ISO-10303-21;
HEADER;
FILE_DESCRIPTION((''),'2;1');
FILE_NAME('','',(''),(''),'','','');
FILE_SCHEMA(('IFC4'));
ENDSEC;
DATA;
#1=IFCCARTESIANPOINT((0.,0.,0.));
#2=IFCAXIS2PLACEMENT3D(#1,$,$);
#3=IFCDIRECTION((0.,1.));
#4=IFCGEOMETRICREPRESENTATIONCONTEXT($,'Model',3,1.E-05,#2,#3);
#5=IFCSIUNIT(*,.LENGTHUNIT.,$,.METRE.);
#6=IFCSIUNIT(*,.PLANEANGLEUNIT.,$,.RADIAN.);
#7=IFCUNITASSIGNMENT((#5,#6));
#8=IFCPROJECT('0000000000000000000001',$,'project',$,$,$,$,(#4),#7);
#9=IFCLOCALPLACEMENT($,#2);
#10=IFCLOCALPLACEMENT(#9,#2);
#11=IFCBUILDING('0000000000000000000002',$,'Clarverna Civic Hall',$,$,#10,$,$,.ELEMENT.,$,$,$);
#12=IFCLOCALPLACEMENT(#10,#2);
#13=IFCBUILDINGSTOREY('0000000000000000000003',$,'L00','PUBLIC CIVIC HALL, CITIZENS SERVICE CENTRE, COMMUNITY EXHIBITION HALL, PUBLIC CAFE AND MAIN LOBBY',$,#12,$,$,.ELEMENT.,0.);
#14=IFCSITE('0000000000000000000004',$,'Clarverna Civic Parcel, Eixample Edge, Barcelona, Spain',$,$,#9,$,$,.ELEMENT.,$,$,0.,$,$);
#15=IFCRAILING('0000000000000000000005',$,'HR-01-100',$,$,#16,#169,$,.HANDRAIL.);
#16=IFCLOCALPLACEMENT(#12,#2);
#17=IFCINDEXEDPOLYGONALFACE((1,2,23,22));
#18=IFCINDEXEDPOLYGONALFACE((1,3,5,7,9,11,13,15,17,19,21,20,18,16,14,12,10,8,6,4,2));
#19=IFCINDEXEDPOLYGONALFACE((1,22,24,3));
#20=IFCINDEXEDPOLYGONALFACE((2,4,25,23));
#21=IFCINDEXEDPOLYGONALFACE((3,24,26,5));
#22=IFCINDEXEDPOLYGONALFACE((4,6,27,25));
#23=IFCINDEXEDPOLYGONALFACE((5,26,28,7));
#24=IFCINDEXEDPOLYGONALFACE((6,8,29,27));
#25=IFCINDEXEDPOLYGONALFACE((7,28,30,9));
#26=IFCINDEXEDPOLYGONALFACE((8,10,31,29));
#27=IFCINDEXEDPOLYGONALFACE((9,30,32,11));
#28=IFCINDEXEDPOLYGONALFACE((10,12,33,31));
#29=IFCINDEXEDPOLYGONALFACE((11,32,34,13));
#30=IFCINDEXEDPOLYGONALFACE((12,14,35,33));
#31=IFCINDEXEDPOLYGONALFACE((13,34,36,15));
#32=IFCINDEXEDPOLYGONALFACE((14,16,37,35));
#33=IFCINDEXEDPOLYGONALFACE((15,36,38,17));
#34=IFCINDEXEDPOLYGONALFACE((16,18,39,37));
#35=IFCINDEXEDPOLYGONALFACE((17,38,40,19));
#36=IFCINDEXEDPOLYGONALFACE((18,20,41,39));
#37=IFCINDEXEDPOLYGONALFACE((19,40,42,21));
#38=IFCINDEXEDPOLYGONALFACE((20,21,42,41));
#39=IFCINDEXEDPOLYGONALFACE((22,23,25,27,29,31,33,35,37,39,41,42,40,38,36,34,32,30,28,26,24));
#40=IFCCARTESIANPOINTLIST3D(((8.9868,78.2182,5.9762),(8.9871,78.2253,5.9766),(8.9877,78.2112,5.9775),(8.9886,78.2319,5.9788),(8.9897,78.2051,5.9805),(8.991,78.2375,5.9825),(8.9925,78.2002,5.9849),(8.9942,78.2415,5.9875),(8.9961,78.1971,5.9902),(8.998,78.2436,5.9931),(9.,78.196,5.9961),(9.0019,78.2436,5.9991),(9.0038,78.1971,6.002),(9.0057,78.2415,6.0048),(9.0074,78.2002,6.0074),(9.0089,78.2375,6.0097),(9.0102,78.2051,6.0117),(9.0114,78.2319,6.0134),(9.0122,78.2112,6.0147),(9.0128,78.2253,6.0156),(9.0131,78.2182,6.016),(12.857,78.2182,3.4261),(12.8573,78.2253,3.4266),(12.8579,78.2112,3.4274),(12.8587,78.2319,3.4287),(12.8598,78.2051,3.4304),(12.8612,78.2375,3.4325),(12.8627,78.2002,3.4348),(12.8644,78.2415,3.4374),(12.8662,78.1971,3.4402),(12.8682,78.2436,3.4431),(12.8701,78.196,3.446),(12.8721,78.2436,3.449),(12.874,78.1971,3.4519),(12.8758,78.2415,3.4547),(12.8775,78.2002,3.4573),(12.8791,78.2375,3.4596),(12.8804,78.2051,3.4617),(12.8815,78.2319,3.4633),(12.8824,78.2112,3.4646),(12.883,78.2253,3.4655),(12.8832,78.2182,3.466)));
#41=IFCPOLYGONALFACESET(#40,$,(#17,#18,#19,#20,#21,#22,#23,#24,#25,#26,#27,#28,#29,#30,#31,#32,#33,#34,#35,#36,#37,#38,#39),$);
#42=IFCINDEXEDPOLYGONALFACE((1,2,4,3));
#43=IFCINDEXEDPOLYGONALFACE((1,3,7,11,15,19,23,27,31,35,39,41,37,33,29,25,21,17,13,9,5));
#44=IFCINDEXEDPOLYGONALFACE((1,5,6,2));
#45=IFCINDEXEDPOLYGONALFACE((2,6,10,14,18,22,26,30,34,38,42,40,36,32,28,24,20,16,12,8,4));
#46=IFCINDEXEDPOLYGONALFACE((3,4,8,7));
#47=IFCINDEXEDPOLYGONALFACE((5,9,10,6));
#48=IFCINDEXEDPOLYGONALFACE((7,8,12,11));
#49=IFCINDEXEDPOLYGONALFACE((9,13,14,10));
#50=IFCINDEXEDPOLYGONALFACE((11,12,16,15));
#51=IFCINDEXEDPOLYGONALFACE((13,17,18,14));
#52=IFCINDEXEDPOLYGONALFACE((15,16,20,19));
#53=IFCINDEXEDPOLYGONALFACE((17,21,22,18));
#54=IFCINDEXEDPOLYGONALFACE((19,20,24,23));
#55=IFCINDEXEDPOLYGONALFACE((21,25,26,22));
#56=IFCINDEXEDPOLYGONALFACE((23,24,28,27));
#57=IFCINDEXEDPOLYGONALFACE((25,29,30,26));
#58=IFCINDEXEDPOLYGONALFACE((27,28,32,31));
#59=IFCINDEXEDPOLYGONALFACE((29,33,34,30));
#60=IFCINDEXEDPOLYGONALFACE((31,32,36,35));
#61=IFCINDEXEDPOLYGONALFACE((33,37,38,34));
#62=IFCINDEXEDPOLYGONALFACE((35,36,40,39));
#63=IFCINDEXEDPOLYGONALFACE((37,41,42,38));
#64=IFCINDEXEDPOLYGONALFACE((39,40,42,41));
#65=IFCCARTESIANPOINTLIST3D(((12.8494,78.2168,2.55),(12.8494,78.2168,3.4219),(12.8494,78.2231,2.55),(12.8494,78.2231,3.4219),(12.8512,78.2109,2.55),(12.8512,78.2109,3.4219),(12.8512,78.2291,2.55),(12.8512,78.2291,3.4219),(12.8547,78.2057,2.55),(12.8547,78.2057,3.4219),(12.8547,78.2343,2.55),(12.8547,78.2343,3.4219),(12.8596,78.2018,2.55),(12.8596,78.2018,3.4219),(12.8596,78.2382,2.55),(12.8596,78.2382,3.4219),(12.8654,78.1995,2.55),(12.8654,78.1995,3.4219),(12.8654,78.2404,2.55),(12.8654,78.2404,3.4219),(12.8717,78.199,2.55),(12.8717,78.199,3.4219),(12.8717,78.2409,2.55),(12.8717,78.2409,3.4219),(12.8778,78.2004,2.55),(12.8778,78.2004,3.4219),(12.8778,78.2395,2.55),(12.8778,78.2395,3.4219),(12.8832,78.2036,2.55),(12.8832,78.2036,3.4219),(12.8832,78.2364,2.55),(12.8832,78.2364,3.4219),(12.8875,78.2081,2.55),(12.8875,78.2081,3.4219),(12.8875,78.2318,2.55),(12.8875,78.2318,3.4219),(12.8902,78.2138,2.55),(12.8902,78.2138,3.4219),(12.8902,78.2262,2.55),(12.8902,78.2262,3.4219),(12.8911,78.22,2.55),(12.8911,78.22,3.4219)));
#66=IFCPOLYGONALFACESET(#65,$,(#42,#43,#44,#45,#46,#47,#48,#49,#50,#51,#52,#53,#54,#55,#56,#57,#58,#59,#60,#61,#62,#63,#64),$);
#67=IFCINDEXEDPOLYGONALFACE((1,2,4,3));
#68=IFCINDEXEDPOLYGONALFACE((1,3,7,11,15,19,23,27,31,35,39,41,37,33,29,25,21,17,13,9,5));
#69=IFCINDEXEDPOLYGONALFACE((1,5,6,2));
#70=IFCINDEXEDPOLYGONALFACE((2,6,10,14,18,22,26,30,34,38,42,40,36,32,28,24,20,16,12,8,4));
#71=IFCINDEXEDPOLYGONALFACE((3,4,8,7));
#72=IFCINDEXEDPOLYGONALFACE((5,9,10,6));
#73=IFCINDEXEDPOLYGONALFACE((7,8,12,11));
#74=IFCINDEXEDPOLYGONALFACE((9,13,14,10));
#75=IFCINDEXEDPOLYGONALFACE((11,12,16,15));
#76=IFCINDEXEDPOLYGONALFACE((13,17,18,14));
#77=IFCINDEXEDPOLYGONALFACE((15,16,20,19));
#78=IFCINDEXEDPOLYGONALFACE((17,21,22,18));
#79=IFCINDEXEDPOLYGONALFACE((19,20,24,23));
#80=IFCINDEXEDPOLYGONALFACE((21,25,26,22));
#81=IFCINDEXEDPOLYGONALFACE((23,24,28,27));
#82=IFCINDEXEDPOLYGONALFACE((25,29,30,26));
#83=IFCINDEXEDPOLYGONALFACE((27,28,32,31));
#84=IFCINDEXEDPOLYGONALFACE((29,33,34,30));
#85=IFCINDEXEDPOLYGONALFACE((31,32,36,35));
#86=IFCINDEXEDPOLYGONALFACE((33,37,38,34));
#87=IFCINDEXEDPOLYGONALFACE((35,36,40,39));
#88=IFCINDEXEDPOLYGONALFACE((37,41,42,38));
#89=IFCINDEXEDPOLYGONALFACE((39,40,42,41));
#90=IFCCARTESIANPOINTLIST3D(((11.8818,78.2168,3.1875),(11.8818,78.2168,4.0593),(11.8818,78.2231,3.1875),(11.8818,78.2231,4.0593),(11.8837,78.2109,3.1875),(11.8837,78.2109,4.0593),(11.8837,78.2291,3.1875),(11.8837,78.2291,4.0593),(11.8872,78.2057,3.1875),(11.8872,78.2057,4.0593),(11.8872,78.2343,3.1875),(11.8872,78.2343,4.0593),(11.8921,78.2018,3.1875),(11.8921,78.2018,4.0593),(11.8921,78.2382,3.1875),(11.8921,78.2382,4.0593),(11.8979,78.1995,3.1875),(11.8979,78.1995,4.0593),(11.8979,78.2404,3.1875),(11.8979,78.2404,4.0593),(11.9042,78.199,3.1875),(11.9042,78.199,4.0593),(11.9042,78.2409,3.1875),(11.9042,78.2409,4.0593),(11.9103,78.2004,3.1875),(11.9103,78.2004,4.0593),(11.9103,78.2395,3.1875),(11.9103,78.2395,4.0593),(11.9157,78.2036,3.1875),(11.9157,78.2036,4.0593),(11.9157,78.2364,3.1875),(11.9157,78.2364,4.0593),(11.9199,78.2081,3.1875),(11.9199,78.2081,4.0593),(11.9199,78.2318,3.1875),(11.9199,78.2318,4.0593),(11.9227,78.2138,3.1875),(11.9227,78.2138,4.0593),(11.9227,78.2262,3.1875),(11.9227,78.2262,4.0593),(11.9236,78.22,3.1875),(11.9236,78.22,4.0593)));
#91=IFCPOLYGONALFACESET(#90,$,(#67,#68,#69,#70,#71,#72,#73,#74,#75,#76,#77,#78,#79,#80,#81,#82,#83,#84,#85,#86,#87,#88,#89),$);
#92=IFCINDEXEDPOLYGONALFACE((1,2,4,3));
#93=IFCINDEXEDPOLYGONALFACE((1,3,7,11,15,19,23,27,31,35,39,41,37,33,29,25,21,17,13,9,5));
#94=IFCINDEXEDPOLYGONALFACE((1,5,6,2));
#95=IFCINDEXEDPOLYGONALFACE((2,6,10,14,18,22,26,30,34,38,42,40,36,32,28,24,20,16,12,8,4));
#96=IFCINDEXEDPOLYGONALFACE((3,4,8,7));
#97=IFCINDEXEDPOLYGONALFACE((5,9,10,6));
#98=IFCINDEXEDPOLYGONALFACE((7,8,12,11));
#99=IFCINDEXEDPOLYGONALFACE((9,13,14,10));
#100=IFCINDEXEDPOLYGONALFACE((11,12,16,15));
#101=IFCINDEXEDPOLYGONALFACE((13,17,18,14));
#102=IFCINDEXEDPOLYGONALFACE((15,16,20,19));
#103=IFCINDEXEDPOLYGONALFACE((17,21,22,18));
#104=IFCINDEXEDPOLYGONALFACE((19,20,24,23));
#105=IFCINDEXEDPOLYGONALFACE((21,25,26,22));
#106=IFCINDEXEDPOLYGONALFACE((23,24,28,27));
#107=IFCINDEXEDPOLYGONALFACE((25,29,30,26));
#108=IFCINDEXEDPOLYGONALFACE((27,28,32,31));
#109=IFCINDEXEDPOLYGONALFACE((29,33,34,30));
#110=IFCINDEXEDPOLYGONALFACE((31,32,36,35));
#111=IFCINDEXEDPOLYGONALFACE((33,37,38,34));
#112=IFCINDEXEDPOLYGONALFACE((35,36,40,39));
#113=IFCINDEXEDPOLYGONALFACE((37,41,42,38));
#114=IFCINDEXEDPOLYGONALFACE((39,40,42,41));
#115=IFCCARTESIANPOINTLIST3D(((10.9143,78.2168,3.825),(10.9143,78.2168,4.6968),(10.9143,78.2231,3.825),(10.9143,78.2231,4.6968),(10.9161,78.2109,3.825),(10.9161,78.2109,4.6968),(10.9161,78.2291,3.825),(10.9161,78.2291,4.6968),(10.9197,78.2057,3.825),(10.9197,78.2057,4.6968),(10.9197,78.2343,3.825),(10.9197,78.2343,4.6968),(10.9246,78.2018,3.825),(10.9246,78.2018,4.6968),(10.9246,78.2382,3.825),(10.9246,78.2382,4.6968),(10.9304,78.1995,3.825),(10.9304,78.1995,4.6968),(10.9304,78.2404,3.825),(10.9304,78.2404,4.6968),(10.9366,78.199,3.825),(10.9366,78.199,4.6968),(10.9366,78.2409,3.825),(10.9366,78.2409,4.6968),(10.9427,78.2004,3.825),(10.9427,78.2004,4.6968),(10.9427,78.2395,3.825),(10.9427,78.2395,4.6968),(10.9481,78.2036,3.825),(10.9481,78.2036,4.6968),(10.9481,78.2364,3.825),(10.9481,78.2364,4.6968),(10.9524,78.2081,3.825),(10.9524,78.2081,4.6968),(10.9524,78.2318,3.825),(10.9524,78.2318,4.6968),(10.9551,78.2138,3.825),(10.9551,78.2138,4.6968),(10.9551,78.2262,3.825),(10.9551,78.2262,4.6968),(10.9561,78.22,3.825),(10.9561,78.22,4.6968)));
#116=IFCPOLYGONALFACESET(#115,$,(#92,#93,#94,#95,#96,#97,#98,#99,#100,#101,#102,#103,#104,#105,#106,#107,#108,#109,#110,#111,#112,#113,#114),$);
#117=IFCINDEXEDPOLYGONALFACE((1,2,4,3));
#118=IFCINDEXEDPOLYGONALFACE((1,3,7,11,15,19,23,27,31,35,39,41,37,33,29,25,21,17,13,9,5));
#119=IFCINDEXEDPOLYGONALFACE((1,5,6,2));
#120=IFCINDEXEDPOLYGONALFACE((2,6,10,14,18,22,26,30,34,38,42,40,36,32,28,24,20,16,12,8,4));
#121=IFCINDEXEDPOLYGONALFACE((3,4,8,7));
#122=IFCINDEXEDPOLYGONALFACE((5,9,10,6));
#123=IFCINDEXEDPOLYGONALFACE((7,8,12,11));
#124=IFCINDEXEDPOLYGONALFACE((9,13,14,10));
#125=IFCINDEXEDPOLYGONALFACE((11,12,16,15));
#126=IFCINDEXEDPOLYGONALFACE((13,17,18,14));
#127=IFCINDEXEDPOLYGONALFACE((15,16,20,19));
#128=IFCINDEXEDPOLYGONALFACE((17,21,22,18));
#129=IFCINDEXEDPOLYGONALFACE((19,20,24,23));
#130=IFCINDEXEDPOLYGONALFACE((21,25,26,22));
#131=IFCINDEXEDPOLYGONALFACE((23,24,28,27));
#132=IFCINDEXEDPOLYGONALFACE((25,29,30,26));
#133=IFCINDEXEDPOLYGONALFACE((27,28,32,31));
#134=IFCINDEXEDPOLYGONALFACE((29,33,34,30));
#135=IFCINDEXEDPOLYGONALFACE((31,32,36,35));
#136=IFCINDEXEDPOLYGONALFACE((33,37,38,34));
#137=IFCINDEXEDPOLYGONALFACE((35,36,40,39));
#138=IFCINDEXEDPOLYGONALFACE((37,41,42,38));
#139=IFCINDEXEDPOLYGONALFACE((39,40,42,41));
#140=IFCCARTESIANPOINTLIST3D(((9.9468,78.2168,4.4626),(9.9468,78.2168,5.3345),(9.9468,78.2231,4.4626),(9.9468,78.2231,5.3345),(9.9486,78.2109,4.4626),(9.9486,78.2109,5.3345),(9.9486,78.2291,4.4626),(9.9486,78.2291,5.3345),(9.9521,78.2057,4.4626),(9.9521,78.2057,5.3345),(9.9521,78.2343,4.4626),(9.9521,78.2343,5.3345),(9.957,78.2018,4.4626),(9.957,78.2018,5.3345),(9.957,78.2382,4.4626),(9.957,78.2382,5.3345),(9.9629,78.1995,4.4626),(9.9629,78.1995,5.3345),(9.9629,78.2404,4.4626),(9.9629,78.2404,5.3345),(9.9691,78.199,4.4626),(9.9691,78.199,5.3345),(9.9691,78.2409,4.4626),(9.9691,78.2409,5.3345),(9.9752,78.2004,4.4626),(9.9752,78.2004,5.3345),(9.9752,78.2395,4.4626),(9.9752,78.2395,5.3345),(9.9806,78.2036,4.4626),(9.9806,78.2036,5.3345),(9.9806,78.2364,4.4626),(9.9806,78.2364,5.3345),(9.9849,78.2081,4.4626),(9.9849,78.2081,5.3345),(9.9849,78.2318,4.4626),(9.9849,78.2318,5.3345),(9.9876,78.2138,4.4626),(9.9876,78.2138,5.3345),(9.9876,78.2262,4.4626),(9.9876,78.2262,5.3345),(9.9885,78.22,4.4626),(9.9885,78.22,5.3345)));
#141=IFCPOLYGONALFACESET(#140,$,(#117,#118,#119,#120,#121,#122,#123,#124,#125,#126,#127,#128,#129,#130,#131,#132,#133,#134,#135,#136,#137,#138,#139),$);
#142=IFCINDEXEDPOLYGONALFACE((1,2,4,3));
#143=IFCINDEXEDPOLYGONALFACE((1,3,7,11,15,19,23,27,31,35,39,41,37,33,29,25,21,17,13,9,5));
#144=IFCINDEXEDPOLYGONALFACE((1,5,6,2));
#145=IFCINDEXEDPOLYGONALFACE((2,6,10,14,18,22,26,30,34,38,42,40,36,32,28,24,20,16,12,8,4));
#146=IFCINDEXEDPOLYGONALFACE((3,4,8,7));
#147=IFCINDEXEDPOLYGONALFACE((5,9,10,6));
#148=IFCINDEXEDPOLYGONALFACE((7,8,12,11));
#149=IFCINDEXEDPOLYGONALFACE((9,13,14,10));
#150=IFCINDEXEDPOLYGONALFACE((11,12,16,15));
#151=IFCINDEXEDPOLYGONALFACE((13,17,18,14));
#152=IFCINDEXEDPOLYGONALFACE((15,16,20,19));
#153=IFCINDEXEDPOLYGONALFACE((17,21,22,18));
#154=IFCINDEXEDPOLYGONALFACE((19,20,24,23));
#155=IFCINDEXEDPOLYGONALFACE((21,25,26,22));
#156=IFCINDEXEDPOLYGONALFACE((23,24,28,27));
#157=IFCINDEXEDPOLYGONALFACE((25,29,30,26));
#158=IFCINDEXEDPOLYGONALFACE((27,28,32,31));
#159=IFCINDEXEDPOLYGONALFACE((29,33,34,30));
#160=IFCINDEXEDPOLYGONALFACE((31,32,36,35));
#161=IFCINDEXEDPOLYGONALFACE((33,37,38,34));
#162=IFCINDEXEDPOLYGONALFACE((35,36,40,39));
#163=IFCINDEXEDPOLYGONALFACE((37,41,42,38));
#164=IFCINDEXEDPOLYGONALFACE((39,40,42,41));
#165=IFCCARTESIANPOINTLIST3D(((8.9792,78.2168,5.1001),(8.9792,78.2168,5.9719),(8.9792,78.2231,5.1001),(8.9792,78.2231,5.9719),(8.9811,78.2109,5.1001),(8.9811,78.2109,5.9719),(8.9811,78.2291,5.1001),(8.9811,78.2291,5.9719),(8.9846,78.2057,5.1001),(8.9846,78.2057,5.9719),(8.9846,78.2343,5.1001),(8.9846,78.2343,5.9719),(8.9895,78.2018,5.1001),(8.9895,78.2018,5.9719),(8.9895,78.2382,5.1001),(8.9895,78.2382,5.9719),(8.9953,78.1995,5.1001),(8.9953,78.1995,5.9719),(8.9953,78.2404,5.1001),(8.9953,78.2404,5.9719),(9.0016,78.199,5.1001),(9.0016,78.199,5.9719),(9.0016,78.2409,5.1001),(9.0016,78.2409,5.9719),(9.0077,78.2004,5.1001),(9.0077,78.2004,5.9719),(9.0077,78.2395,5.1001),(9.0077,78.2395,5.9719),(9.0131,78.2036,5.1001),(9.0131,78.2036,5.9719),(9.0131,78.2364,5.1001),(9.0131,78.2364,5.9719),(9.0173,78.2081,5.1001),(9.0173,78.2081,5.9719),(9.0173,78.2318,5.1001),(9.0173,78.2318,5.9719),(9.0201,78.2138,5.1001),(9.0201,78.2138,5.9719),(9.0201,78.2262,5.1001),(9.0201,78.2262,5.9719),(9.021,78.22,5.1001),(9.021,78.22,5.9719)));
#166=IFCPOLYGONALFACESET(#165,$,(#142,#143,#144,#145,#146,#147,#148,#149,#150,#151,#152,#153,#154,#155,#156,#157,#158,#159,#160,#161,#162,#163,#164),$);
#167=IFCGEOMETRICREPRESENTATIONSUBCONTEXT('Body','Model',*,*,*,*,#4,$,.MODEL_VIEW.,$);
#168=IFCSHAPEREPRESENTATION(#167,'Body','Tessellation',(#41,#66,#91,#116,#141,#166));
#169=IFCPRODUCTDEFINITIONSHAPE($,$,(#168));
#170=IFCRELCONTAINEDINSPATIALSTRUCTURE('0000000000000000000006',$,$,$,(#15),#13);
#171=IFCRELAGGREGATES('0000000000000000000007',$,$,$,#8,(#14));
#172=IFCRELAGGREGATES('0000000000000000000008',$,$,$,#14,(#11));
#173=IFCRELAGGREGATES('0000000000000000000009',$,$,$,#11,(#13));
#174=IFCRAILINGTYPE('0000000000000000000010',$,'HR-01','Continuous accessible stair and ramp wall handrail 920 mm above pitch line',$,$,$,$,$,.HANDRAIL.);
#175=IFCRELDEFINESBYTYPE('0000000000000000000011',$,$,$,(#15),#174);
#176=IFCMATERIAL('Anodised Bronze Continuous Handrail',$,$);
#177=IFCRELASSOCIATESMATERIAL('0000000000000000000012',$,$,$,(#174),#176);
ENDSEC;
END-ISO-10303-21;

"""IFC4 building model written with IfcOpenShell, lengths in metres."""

from ifc_helpers import new_model, si_unit, direction, frame, origin, origin_2d, place, context, subcontext, project, spatial, circle, extrude, material, type_object, element, save


model = new_model("IFC4")

# Units and contexts
model_context = context("Model", 3, precision=1e-05, world=origin(), true_north=direction((0.0, 1.0)))
body_context = subcontext(model_context, "Body", "Model", "MODEL_VIEW")
ifc_project = project(units=[si_unit("LENGTHUNIT", "METRE"), si_unit("PLANEANGLEUNIT", "RADIAN")], contexts=[model_context])

# Site, building, storey
site_placement = place(None, origin())
site = spatial("IfcSite", under=ifc_project, at=site_placement, Name="Clarverna Civic Parcel, Eixample Edge, Barcelona, Spain", CompositionType="ELEMENT", RefElevation=0.0)
building_placement = place(site_placement, origin())
building = spatial("IfcBuilding", under=site, at=building_placement, Name="Clarverna Civic Hall", CompositionType="ELEMENT")
storey_placement = place(building_placement, origin())
storey = spatial("IfcBuildingStorey", under=building, at=storey_placement, Name="L00", Description="PUBLIC CIVIC HALL, CITIZENS SERVICE CENTRE, COMMUNITY EXHIBITION HALL, PUBLIC CAFE AND MAIN LOBBY", CompositionType="ELEMENT", Elevation=0.0)

# Railing
ifc_material_1 = material(Name="Anodised Bronze Continuous Handrail")
railing_type_1 = type_object("IfcRailingType", Name="HR-01", Description="Continuous accessible stair and ramp wall handrail 920 mm above pitch line", PredefinedType="HANDRAIL", material=ifc_material_1)
railing_1_placement = place(storey_placement, frame((12.8701, 78.22, 2.55)))
element("IfcRailing", 1, at=railing_1_placement, inside=storey, type_object=railing_type_1, Name="HR-01-100", PredefinedType="HANDRAIL", context=body_context, shape_type="SweptSolid", body=[
    extrude(circle(Radius=0.0239, at=origin_2d()), frame((0.0, 0.0, 0.896), z_axis=(-0.835029, 0.0, 0.550207), x_axis=(0.0, -1.0, 0.0)), (0.0, 0.0, 1.0), 4.6348),
    extrude(circle(Radius=0.021, at=origin_2d()), origin(), (0.0, 0.0, 1.0), 0.8718),
    extrude(circle(Radius=0.021, at=origin_2d()), frame((-0.9675, 0.0, 0.6375)), (0.0, 0.0, 1.0), 0.8718),
    extrude(circle(Radius=0.021, at=origin_2d()), frame((-1.9351, 0.0, 1.2749)), (0.0, 0.0, 1.0), 0.8718),
    extrude(circle(Radius=0.021, at=origin_2d()), frame((-2.9026, 0.0, 1.9126)), (0.0, 0.0, 1.0), 0.8718),
    extrude(circle(Radius=0.021, at=origin_2d()), frame((-3.8701, 0.0, 2.55)), (0.0, 0.0, 1.0), 0.8718),
])

save(model, "model.ifc")
